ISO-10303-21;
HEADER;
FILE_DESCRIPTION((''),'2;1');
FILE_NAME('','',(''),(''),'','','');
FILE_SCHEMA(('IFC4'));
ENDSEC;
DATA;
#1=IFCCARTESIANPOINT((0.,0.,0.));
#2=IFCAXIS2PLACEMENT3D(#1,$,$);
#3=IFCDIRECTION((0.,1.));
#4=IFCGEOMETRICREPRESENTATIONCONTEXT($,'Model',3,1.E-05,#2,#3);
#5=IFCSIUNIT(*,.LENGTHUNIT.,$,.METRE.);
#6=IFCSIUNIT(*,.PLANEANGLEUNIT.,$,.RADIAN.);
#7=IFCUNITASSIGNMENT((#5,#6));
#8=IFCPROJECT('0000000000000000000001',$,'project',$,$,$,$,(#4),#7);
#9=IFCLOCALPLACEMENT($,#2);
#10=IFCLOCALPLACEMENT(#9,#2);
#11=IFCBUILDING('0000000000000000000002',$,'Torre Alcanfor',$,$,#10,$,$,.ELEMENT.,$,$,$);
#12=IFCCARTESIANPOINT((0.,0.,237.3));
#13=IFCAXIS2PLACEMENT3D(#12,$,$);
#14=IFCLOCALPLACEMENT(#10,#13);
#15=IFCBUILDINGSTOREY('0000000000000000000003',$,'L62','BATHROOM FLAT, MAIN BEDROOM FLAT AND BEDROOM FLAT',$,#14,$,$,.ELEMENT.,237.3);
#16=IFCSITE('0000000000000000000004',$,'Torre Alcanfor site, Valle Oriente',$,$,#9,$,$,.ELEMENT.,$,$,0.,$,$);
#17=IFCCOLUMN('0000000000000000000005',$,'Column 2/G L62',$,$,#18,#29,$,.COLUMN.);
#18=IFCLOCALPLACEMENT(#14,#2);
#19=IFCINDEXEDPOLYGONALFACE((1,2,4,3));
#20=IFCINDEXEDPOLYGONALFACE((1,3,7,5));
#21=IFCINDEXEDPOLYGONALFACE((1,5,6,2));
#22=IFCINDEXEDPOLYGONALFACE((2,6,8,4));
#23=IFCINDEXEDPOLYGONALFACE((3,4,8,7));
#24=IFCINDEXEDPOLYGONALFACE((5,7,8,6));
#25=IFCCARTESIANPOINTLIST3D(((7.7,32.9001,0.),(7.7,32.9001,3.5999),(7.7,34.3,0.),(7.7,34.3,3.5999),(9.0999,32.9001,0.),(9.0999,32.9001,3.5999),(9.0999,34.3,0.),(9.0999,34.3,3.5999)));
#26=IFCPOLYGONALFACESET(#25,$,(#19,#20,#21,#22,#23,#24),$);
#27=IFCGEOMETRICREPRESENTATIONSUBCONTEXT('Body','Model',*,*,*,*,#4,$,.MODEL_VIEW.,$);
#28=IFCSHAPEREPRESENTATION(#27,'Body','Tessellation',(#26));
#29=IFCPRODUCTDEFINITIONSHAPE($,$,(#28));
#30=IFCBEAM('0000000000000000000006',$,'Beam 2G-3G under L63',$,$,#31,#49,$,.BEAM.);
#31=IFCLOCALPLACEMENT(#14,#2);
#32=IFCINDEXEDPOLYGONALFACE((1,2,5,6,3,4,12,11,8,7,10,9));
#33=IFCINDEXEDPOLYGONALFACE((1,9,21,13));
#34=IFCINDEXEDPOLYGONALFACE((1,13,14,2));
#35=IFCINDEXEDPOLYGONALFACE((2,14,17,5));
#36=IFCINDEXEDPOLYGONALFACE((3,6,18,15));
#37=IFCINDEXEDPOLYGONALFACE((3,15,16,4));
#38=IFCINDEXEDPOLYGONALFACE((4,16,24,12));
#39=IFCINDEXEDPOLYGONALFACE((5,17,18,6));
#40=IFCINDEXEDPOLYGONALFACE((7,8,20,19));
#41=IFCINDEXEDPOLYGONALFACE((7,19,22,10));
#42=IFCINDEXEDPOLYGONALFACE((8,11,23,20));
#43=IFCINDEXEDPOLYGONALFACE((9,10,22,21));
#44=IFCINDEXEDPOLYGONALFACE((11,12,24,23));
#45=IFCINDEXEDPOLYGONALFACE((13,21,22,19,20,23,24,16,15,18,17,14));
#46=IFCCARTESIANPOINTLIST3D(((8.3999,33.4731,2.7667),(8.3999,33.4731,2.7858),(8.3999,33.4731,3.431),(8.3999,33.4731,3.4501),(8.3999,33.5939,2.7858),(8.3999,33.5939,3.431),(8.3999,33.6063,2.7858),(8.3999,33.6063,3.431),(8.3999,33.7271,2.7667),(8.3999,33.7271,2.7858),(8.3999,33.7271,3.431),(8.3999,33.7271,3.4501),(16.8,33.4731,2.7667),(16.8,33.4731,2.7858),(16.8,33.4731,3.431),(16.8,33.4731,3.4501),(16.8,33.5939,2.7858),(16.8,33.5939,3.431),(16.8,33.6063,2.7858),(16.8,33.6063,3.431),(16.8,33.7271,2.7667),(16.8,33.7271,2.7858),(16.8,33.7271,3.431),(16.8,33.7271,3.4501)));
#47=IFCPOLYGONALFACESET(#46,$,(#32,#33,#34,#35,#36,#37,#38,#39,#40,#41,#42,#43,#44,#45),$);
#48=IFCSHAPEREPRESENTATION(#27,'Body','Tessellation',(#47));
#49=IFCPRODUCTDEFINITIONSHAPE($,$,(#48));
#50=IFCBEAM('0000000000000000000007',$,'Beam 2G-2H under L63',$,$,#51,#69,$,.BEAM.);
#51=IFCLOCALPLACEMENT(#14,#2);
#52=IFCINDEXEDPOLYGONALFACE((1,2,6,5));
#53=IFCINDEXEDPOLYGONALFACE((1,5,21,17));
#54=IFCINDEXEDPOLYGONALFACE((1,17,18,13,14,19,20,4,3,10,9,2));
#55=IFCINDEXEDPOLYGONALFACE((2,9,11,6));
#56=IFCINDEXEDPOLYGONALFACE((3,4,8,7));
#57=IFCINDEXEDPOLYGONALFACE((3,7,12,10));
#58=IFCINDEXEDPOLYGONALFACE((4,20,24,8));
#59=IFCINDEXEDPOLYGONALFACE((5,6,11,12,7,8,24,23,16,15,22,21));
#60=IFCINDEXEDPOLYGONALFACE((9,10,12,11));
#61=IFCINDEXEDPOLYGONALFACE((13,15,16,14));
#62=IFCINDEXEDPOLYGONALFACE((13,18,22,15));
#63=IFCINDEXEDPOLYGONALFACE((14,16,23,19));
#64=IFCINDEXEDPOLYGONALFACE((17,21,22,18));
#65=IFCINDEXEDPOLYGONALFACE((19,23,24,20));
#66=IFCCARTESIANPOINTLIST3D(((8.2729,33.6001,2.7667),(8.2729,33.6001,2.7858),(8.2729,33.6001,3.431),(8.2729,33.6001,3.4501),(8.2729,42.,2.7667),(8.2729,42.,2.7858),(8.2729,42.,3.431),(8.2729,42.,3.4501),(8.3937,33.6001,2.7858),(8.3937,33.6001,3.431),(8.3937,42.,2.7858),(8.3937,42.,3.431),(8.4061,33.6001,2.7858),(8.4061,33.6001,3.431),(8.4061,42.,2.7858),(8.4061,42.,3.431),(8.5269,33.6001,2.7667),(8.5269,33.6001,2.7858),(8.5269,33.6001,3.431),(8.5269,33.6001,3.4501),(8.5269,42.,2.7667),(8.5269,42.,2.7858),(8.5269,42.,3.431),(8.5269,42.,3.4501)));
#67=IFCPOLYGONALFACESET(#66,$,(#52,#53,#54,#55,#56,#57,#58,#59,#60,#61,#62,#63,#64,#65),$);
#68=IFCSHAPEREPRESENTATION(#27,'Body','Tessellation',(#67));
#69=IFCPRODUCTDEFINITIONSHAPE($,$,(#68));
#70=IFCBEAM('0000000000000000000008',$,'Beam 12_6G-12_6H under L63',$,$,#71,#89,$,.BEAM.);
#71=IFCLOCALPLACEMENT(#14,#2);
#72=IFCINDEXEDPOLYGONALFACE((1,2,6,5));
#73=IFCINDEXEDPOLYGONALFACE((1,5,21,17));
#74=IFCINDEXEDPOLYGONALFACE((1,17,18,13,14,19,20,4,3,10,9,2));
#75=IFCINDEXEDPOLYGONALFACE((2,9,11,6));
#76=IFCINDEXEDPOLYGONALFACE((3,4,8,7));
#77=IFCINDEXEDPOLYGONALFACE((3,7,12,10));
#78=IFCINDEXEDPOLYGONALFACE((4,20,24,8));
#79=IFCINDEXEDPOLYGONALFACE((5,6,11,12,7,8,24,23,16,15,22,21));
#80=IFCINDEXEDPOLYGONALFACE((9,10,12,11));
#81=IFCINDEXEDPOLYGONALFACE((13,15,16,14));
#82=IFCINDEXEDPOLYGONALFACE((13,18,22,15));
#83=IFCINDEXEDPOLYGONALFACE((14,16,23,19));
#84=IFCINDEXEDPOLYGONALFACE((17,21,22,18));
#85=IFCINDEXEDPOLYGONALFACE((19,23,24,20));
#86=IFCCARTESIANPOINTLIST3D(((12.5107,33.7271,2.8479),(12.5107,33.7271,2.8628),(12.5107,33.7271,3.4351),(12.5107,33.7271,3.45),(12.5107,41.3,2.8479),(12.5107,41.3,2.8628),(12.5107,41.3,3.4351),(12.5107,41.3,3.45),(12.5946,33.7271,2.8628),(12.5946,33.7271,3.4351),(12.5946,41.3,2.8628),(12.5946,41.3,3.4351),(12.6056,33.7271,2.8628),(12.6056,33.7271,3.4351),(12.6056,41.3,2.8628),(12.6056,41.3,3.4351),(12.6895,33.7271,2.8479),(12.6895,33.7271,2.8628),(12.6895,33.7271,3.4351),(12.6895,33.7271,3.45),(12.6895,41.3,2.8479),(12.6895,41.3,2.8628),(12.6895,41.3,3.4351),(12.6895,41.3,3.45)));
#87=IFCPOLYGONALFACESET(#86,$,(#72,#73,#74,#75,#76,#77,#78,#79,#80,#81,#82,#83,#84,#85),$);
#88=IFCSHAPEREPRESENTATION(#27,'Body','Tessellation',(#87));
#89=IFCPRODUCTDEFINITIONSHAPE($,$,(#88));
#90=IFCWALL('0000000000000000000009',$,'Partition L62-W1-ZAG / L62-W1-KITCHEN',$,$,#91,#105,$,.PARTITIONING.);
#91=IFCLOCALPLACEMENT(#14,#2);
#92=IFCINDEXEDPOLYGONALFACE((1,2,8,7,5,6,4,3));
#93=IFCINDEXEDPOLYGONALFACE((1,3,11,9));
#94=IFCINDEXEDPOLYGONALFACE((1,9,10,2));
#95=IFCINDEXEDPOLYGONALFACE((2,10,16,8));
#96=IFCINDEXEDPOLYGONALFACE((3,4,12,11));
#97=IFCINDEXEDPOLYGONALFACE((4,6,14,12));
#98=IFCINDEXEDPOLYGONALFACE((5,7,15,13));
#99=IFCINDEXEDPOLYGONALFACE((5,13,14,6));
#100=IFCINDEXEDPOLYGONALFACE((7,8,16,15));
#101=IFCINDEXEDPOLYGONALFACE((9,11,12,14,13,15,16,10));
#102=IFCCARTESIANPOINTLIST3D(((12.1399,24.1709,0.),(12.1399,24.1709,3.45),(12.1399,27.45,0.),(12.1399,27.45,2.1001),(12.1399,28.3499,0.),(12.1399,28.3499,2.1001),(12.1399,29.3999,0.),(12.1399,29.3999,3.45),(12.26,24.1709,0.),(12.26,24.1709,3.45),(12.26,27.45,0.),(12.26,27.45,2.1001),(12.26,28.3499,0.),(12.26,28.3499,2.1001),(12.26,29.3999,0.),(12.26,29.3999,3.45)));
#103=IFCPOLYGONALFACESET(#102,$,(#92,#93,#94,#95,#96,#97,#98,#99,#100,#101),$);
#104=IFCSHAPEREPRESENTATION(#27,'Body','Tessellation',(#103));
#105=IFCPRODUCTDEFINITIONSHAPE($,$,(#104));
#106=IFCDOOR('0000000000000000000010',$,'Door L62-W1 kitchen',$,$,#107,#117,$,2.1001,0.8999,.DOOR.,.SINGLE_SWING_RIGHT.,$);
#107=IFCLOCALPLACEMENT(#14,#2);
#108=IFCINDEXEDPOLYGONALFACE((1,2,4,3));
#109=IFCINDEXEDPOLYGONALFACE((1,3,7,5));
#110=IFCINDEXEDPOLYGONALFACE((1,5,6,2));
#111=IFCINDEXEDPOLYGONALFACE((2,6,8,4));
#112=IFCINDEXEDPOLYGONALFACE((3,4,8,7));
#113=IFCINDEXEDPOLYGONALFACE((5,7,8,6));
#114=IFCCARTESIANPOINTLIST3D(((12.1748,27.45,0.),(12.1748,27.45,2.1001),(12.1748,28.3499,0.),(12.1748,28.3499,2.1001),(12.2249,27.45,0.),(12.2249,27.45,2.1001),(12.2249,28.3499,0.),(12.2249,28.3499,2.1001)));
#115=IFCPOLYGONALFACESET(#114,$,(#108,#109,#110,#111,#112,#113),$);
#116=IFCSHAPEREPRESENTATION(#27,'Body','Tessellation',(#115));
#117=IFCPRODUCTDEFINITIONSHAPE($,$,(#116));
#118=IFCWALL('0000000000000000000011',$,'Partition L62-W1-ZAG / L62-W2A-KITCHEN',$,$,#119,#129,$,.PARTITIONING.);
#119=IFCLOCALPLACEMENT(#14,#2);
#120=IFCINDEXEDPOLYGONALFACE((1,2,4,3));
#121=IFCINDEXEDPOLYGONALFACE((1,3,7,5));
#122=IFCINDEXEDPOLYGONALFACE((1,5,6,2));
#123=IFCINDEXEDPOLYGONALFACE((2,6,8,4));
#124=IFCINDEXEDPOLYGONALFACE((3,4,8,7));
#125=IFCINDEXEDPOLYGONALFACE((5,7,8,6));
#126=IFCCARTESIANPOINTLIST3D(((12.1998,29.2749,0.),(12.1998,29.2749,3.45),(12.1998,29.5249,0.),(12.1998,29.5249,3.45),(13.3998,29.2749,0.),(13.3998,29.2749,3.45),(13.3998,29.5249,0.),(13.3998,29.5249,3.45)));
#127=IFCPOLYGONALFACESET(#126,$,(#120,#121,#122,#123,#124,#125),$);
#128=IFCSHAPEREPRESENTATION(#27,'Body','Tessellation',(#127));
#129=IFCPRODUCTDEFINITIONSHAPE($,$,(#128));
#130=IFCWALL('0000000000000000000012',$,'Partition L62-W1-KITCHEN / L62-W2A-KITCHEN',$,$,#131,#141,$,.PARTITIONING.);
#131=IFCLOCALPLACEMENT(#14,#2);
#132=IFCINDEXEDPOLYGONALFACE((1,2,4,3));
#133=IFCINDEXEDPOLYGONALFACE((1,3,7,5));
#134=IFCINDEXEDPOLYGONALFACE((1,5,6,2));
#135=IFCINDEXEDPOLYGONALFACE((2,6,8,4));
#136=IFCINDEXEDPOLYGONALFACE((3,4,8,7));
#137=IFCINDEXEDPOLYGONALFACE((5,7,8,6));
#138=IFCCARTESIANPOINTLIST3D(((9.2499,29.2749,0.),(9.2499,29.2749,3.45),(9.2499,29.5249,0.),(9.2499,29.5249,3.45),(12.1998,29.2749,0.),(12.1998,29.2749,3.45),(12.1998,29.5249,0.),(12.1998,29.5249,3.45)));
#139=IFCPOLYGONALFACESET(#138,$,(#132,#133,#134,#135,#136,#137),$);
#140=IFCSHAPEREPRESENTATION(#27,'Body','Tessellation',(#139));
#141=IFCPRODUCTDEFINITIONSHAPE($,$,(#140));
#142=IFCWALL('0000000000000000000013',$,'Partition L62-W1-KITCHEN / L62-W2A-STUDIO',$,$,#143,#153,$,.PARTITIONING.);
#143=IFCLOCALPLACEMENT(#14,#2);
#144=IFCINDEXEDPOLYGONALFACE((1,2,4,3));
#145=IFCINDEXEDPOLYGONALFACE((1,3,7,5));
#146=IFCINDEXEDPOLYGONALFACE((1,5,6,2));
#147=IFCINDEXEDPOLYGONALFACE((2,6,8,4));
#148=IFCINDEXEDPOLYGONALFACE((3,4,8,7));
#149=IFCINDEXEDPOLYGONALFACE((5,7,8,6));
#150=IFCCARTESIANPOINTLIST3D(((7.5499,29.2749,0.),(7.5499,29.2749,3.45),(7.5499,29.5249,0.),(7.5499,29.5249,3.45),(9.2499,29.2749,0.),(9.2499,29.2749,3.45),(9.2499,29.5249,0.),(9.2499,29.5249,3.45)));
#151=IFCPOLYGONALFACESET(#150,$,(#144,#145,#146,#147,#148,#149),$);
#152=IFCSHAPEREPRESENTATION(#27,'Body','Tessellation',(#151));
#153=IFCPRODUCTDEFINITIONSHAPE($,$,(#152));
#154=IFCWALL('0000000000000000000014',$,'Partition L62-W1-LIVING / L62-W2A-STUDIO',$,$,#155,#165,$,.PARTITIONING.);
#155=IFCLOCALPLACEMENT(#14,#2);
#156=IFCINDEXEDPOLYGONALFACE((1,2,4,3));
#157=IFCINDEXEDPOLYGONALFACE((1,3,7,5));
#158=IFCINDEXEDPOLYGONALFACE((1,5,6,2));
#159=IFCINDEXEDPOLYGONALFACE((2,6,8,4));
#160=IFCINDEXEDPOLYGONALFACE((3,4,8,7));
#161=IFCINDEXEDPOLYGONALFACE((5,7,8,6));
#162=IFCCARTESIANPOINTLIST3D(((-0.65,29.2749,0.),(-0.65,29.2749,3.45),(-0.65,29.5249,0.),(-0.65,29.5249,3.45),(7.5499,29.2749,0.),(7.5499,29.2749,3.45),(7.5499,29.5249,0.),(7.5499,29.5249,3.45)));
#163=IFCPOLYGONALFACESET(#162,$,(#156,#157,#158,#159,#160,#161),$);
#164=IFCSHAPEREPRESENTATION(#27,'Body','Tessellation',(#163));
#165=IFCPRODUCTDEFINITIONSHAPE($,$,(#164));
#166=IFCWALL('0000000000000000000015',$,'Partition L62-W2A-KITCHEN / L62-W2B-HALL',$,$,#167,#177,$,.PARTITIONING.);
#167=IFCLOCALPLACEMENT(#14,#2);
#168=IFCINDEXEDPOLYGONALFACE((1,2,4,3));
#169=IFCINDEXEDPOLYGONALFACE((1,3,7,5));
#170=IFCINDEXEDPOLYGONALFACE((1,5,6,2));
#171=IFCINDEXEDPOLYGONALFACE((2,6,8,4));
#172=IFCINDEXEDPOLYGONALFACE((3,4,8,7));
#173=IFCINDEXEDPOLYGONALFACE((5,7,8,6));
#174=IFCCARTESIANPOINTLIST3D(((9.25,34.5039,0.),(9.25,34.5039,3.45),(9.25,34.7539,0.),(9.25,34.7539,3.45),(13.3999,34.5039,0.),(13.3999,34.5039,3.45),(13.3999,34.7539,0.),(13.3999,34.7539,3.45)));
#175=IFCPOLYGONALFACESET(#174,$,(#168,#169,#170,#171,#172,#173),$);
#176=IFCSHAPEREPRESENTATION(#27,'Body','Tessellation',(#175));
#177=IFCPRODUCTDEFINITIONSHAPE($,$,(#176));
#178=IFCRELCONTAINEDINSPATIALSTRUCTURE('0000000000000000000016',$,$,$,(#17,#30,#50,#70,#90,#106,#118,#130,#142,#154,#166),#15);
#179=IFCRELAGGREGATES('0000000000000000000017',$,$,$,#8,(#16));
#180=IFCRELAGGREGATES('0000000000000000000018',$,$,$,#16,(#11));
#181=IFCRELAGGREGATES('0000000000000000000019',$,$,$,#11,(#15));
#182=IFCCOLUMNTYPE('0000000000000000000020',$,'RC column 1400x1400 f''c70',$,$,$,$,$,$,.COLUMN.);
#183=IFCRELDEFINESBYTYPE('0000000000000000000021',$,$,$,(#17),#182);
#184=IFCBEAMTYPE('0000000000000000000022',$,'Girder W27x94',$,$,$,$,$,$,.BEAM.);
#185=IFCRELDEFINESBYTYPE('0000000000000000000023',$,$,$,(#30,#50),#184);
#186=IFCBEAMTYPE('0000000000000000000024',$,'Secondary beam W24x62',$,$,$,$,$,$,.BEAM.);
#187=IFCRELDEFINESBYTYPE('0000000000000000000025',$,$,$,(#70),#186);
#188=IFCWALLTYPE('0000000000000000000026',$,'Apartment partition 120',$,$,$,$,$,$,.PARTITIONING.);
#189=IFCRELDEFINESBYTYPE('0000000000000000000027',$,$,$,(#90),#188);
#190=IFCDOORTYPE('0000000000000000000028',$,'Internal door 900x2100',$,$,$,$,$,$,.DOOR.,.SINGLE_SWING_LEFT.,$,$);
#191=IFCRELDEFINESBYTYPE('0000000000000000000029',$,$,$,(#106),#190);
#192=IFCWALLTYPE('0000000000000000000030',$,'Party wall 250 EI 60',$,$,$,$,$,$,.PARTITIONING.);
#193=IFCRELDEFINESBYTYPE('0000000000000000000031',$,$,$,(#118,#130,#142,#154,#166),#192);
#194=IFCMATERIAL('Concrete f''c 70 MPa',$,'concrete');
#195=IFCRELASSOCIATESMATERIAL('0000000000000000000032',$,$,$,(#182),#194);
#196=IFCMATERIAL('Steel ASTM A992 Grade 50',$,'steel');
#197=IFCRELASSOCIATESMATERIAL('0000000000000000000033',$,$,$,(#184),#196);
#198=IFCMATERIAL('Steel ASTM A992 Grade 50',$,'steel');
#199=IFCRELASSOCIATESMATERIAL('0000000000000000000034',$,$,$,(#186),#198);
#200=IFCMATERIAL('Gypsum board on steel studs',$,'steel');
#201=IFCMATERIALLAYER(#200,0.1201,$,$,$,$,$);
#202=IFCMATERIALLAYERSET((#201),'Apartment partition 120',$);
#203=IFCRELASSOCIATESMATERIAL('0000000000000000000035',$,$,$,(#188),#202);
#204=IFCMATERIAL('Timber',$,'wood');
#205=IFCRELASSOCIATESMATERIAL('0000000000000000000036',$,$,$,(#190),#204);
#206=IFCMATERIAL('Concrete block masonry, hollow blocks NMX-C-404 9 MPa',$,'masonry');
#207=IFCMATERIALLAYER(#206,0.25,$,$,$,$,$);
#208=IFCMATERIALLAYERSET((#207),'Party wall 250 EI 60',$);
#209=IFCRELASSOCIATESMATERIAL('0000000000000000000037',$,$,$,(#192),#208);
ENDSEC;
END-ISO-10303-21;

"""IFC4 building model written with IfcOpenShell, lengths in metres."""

from ifc_helpers import new_model, si_unit, direction, frame, frame_2d, origin, origin_2d, place, context, subcontext, project, spatial, rectangle, i_section, extrude, material, layer, layer_set, material_profile, profile_set, type_object, element, fill, save


model = new_model("IFC4")

# Units and contexts
model_context = context("Model", 3, precision=1e-05, world=origin(), true_north=direction((0.0, 1.0)))
body_context = subcontext(model_context, "Body", "Model", "MODEL_VIEW")
ifc_project = project(units=[si_unit("LENGTHUNIT", "METRE"), si_unit("PLANEANGLEUNIT", "RADIAN")], contexts=[model_context])

# Site, building, storey
site_placement = place(None, origin())
site = spatial("IfcSite", under=ifc_project, at=site_placement, Name="Torre Alcanfor site, Valle Oriente", CompositionType="ELEMENT", RefElevation=0.0)
building_placement = place(site_placement, origin())
building = spatial("IfcBuilding", under=site, at=building_placement, Name="Torre Alcanfor", CompositionType="ELEMENT")
storey_placement = place(building_placement, frame((0.0, 0.0, 237.3)))
storey = spatial("IfcBuildingStorey", under=building, at=storey_placement, Name="L62", Description="BATHROOM FLAT, MAIN BEDROOM FLAT AND BEDROOM FLAT", CompositionType="ELEMENT", Elevation=237.3)

# Column
ifc_material_1 = material(Name="Concrete f'c 70 MPa", Category="concrete")
ifc_material_profile_1 = material_profile(ifc_material_1, rectangle(XDim=1.3999, YDim=1.3999, at=origin_2d()), Name="1400x1400")
ifc_profile_set_1 = profile_set([ifc_material_profile_1], Name="Concrete f'c 70 MPa")
column_type = type_object("IfcColumnType", Name="RC column 1400x1400 f'c70", PredefinedType="COLUMN", material=ifc_profile_set_1)
column_placement = place(storey_placement, frame((8.3999, 33.6001, 0.0), z_axis=(0.0, 0.0, 1.0), x_axis=(1.0, 0.0, 0.0)))
element("IfcColumn", 1, at=column_placement, inside=storey, type_object=column_type, Name="Column 2/G L62", PredefinedType="COLUMN", context=body_context, shape_type="SweptSolid", body=[
    extrude(rectangle(XDim=1.3999, YDim=1.3999, at=origin_2d()), origin(), (0.0, 0.0, 1.0), 3.5999),
])

# Beams
ifc_material_2 = material(Name="Steel ASTM A992 Grade 50", Category="steel")
ifc_material_profile_2 = material_profile(ifc_material_2, i_section(OverallWidth=0.2539, OverallDepth=0.6833, WebThickness=0.0125, FlangeThickness=0.019, at=origin_2d()), Name="W27x94")
ifc_profile_set_2 = profile_set([ifc_material_profile_2], Name="Steel ASTM A992 Grade 50")
beam_type_1 = type_object("IfcBeamType", Name="Girder W27x94", PredefinedType="BEAM", material=ifc_profile_set_2)
beam_1_placement = place(storey_placement, frame((8.3999, 33.6001, 3.1084), z_axis=(1.0, 0.0, 0.0), x_axis=(0.0, 1.0, 0.0)))
element("IfcBeam", 2, at=beam_1_placement, inside=storey, type_object=beam_type_1, Name="Beam 2G-3G under L63", PredefinedType="BEAM", context=body_context, shape_type="SweptSolid", body=[
    extrude(i_section(OverallWidth=0.2539, OverallDepth=0.6833, WebThickness=0.0125, FlangeThickness=0.019, at=origin_2d()), origin(), (0.0, 0.0, 1.0), 8.4001),
])
beam_2_placement = place(storey_placement, frame((8.3999, 33.6001, 3.1084), z_axis=(0.0, 1.0, 0.0), x_axis=(-1.0, 0.0, 0.0)))
element("IfcBeam", 3, at=beam_2_placement, inside=storey, type_object=beam_type_1, Name="Beam 2G-2H under L63", PredefinedType="BEAM", context=body_context, shape_type="SweptSolid", body=[
    extrude(i_section(OverallWidth=0.2539, OverallDepth=0.6833, WebThickness=0.0125, FlangeThickness=0.019, at=origin_2d()), origin(), (0.0, 0.0, 1.0), 8.3999),
])
ifc_material_3 = material(Name="Steel ASTM A992 Grade 50", Category="steel")
ifc_material_profile_3 = material_profile(ifc_material_3, i_section(OverallWidth=0.1787, OverallDepth=0.6021, WebThickness=0.011, FlangeThickness=0.0149, at=origin_2d()), Name="W24x62")
ifc_profile_set_3 = profile_set([ifc_material_profile_3], Name="Steel ASTM A992 Grade 50")
beam_type_2 = type_object("IfcBeamType", Name="Secondary beam W24x62", PredefinedType="BEAM", material=ifc_profile_set_3)
beam_3_placement = place(storey_placement, frame((12.6001, 33.7271, 3.1489), z_axis=(0.0, 1.0, 0.0), x_axis=(-1.0, 0.0, 0.0)))
element("IfcBeam", 4, at=beam_3_placement, inside=storey, type_object=beam_type_2, Name="Beam 12_6G-12_6H under L63", PredefinedType="BEAM", context=body_context, shape_type="SweptSolid", body=[
    extrude(i_section(OverallWidth=0.1787, OverallDepth=0.6021, WebThickness=0.011, FlangeThickness=0.0149, at=origin_2d()), origin(), (0.0, 0.0, 1.0), 7.573),
])

# Wall, opening, door
ifc_material_4 = material(Name="Gypsum board on steel studs", Category="steel")
ifc_layer_1 = layer(ifc_material_4, 0.1201)
ifc_layer_set_1 = layer_set([ifc_layer_1], Name="Apartment partition 120")
wall_type_1 = type_object("IfcWallType", Name="Apartment partition 120", PredefinedType="PARTITIONING", material=ifc_layer_set_1)
wall_1_placement = place(storey_placement, frame((12.2, 29.3999, 0.0), z_axis=(0.0, 0.0, 1.0), x_axis=(0.0, -1.0, 0.0)))
wall_1 = element("IfcWall", 5, at=wall_1_placement, inside=storey, type_object=wall_type_1, Name="Partition L62-W1-ZAG / L62-W1-KITCHEN", PredefinedType="PARTITIONING", context=body_context, shape_type="SweptSolid", body=[
    extrude(rectangle(XDim=5.229, YDim=0.1201, at=frame_2d((2.6145, 0.0))), origin(), (0.0, 0.0, 1.0), 3.45),
])
opening_1_placement = place(wall_1_placement, frame((1.05, 0.0, 0.0)))
opening_1 = element("IfcOpeningElement", 6, at=opening_1_placement, cuts=wall_1, PredefinedType="OPENING", context=body_context, shape_type="SweptSolid", body=[
    extrude(rectangle(XDim=0.8999, YDim=2.1001, at=frame_2d((0.45, 1.05))), frame((0.0, 0.0701, 0.0), z_axis=(0.0, -1.0, 0.0), x_axis=(1.0, 0.0, 0.0)), (0.0, 0.0, 1.0), 0.1401),
])
ifc_material_5 = material(Name="Timber", Category="wood")
door_type_1 = type_object("IfcDoorType", Name="Internal door 900x2100", OperationType="SINGLE_SWING_LEFT", PredefinedType="DOOR", material=ifc_material_5)
door_1_placement = place(opening_1_placement, frame((0.8999, 0.0, 0.0), z_axis=(0.0, 0.0, 1.0), x_axis=(-1.0, 0.0, 0.0)))
door_1 = element("IfcDoor", 7, at=door_1_placement, inside=storey, type_object=door_type_1, Name="Door L62-W1 kitchen", OperationType="SINGLE_SWING_RIGHT", OverallHeight=2.1001, OverallWidth=0.8999, PredefinedType="DOOR", context=body_context, shape_type="SweptSolid", body=[
    extrude(rectangle(XDim=0.8999, YDim=2.1001, at=frame_2d((0.45, 1.05))), frame((0.0, 0.0251, 0.0), z_axis=(0.0, -1.0, 0.0), x_axis=(1.0, 0.0, 0.0)), (0.0, 0.0, 1.0), 0.05),
])
fill(opening_1, door_1)

# Walls
ifc_material_6 = material(Name="Concrete block masonry, hollow blocks NMX-C-404 9 MPa", Category="masonry")
ifc_layer_2 = layer(ifc_material_6, 0.25)
ifc_layer_set_2 = layer_set([ifc_layer_2], Name="Party wall 250 EI 60")
wall_type_2 = type_object("IfcWallType", Name="Party wall 250 EI 60", PredefinedType="PARTITIONING", material=ifc_layer_set_2)
wall_2_placement = place(storey_placement, frame((13.3999, 29.3999, 0.0), z_axis=(0.0, 0.0, 1.0), x_axis=(-1.0, 0.0, 0.0)))
element("IfcWall", 8, at=wall_2_placement, inside=storey, type_object=wall_type_2, Name="Partition L62-W1-ZAG / L62-W2A-KITCHEN", PredefinedType="PARTITIONING", context=body_context, shape_type="SweptSolid", body=[
    extrude(rectangle(XDim=1.2, YDim=0.25, at=frame_2d((0.6001, 0.0))), origin(), (0.0, 0.0, 1.0), 3.45),
])
wall_3_placement = place(storey_placement, frame((12.2, 29.3999, 0.0), z_axis=(0.0, 0.0, 1.0), x_axis=(-1.0, 0.0, 0.0)))
element("IfcWall", 9, at=wall_3_placement, inside=storey, type_object=wall_type_2, Name="Partition L62-W1-KITCHEN / L62-W2A-KITCHEN", PredefinedType="PARTITIONING", context=body_context, shape_type="SweptSolid", body=[
    extrude(rectangle(XDim=2.95, YDim=0.25, at=frame_2d((1.4751, 0.0))), origin(), (0.0, 0.0, 1.0), 3.45),
])
wall_4_placement = place(storey_placement, frame((9.25, 29.3999, 0.0), z_axis=(0.0, 0.0, 1.0), x_axis=(-1.0, 0.0, 0.0)))
element("IfcWall", 10, at=wall_4_placement, inside=storey, type_object=wall_type_2, Name="Partition L62-W1-KITCHEN / L62-W2A-STUDIO", PredefinedType="PARTITIONING", context=body_context, shape_type="SweptSolid", body=[
    extrude(rectangle(XDim=1.7, YDim=0.25, at=frame_2d((0.8501, 0.0))), origin(), (0.0, 0.0, 1.0), 3.45),
])
wall_5_placement = place(storey_placement, frame((7.55, 29.3999, 0.0), z_axis=(0.0, 0.0, 1.0), x_axis=(-1.0, 0.0, 0.0)))
element("IfcWall", 11, at=wall_5_placement, inside=storey, type_object=wall_type_2, Name="Partition L62-W1-LIVING / L62-W2A-STUDIO", PredefinedType="PARTITIONING", context=body_context, shape_type="SweptSolid", body=[
    extrude(rectangle(XDim=8.2, YDim=0.25, at=frame_2d((4.1001, 0.0))), origin(), (0.0, 0.0, 1.0), 3.45),
])
wall_6_placement = place(storey_placement, frame((9.25, 34.6289, 0.0), z_axis=(0.0, 0.0, 1.0), x_axis=(1.0, 0.0, 0.0)))
element("IfcWall", 12, at=wall_6_placement, inside=storey, type_object=wall_type_2, Name="Partition L62-W2A-KITCHEN / L62-W2B-HALL", PredefinedType="PARTITIONING", context=body_context, shape_type="SweptSolid", body=[
    extrude(rectangle(XDim=4.1499, YDim=0.25, at=frame_2d((2.075, 0.0))), origin(), (0.0, 0.0, 1.0), 3.45),
])

save(model, "model.ifc")
